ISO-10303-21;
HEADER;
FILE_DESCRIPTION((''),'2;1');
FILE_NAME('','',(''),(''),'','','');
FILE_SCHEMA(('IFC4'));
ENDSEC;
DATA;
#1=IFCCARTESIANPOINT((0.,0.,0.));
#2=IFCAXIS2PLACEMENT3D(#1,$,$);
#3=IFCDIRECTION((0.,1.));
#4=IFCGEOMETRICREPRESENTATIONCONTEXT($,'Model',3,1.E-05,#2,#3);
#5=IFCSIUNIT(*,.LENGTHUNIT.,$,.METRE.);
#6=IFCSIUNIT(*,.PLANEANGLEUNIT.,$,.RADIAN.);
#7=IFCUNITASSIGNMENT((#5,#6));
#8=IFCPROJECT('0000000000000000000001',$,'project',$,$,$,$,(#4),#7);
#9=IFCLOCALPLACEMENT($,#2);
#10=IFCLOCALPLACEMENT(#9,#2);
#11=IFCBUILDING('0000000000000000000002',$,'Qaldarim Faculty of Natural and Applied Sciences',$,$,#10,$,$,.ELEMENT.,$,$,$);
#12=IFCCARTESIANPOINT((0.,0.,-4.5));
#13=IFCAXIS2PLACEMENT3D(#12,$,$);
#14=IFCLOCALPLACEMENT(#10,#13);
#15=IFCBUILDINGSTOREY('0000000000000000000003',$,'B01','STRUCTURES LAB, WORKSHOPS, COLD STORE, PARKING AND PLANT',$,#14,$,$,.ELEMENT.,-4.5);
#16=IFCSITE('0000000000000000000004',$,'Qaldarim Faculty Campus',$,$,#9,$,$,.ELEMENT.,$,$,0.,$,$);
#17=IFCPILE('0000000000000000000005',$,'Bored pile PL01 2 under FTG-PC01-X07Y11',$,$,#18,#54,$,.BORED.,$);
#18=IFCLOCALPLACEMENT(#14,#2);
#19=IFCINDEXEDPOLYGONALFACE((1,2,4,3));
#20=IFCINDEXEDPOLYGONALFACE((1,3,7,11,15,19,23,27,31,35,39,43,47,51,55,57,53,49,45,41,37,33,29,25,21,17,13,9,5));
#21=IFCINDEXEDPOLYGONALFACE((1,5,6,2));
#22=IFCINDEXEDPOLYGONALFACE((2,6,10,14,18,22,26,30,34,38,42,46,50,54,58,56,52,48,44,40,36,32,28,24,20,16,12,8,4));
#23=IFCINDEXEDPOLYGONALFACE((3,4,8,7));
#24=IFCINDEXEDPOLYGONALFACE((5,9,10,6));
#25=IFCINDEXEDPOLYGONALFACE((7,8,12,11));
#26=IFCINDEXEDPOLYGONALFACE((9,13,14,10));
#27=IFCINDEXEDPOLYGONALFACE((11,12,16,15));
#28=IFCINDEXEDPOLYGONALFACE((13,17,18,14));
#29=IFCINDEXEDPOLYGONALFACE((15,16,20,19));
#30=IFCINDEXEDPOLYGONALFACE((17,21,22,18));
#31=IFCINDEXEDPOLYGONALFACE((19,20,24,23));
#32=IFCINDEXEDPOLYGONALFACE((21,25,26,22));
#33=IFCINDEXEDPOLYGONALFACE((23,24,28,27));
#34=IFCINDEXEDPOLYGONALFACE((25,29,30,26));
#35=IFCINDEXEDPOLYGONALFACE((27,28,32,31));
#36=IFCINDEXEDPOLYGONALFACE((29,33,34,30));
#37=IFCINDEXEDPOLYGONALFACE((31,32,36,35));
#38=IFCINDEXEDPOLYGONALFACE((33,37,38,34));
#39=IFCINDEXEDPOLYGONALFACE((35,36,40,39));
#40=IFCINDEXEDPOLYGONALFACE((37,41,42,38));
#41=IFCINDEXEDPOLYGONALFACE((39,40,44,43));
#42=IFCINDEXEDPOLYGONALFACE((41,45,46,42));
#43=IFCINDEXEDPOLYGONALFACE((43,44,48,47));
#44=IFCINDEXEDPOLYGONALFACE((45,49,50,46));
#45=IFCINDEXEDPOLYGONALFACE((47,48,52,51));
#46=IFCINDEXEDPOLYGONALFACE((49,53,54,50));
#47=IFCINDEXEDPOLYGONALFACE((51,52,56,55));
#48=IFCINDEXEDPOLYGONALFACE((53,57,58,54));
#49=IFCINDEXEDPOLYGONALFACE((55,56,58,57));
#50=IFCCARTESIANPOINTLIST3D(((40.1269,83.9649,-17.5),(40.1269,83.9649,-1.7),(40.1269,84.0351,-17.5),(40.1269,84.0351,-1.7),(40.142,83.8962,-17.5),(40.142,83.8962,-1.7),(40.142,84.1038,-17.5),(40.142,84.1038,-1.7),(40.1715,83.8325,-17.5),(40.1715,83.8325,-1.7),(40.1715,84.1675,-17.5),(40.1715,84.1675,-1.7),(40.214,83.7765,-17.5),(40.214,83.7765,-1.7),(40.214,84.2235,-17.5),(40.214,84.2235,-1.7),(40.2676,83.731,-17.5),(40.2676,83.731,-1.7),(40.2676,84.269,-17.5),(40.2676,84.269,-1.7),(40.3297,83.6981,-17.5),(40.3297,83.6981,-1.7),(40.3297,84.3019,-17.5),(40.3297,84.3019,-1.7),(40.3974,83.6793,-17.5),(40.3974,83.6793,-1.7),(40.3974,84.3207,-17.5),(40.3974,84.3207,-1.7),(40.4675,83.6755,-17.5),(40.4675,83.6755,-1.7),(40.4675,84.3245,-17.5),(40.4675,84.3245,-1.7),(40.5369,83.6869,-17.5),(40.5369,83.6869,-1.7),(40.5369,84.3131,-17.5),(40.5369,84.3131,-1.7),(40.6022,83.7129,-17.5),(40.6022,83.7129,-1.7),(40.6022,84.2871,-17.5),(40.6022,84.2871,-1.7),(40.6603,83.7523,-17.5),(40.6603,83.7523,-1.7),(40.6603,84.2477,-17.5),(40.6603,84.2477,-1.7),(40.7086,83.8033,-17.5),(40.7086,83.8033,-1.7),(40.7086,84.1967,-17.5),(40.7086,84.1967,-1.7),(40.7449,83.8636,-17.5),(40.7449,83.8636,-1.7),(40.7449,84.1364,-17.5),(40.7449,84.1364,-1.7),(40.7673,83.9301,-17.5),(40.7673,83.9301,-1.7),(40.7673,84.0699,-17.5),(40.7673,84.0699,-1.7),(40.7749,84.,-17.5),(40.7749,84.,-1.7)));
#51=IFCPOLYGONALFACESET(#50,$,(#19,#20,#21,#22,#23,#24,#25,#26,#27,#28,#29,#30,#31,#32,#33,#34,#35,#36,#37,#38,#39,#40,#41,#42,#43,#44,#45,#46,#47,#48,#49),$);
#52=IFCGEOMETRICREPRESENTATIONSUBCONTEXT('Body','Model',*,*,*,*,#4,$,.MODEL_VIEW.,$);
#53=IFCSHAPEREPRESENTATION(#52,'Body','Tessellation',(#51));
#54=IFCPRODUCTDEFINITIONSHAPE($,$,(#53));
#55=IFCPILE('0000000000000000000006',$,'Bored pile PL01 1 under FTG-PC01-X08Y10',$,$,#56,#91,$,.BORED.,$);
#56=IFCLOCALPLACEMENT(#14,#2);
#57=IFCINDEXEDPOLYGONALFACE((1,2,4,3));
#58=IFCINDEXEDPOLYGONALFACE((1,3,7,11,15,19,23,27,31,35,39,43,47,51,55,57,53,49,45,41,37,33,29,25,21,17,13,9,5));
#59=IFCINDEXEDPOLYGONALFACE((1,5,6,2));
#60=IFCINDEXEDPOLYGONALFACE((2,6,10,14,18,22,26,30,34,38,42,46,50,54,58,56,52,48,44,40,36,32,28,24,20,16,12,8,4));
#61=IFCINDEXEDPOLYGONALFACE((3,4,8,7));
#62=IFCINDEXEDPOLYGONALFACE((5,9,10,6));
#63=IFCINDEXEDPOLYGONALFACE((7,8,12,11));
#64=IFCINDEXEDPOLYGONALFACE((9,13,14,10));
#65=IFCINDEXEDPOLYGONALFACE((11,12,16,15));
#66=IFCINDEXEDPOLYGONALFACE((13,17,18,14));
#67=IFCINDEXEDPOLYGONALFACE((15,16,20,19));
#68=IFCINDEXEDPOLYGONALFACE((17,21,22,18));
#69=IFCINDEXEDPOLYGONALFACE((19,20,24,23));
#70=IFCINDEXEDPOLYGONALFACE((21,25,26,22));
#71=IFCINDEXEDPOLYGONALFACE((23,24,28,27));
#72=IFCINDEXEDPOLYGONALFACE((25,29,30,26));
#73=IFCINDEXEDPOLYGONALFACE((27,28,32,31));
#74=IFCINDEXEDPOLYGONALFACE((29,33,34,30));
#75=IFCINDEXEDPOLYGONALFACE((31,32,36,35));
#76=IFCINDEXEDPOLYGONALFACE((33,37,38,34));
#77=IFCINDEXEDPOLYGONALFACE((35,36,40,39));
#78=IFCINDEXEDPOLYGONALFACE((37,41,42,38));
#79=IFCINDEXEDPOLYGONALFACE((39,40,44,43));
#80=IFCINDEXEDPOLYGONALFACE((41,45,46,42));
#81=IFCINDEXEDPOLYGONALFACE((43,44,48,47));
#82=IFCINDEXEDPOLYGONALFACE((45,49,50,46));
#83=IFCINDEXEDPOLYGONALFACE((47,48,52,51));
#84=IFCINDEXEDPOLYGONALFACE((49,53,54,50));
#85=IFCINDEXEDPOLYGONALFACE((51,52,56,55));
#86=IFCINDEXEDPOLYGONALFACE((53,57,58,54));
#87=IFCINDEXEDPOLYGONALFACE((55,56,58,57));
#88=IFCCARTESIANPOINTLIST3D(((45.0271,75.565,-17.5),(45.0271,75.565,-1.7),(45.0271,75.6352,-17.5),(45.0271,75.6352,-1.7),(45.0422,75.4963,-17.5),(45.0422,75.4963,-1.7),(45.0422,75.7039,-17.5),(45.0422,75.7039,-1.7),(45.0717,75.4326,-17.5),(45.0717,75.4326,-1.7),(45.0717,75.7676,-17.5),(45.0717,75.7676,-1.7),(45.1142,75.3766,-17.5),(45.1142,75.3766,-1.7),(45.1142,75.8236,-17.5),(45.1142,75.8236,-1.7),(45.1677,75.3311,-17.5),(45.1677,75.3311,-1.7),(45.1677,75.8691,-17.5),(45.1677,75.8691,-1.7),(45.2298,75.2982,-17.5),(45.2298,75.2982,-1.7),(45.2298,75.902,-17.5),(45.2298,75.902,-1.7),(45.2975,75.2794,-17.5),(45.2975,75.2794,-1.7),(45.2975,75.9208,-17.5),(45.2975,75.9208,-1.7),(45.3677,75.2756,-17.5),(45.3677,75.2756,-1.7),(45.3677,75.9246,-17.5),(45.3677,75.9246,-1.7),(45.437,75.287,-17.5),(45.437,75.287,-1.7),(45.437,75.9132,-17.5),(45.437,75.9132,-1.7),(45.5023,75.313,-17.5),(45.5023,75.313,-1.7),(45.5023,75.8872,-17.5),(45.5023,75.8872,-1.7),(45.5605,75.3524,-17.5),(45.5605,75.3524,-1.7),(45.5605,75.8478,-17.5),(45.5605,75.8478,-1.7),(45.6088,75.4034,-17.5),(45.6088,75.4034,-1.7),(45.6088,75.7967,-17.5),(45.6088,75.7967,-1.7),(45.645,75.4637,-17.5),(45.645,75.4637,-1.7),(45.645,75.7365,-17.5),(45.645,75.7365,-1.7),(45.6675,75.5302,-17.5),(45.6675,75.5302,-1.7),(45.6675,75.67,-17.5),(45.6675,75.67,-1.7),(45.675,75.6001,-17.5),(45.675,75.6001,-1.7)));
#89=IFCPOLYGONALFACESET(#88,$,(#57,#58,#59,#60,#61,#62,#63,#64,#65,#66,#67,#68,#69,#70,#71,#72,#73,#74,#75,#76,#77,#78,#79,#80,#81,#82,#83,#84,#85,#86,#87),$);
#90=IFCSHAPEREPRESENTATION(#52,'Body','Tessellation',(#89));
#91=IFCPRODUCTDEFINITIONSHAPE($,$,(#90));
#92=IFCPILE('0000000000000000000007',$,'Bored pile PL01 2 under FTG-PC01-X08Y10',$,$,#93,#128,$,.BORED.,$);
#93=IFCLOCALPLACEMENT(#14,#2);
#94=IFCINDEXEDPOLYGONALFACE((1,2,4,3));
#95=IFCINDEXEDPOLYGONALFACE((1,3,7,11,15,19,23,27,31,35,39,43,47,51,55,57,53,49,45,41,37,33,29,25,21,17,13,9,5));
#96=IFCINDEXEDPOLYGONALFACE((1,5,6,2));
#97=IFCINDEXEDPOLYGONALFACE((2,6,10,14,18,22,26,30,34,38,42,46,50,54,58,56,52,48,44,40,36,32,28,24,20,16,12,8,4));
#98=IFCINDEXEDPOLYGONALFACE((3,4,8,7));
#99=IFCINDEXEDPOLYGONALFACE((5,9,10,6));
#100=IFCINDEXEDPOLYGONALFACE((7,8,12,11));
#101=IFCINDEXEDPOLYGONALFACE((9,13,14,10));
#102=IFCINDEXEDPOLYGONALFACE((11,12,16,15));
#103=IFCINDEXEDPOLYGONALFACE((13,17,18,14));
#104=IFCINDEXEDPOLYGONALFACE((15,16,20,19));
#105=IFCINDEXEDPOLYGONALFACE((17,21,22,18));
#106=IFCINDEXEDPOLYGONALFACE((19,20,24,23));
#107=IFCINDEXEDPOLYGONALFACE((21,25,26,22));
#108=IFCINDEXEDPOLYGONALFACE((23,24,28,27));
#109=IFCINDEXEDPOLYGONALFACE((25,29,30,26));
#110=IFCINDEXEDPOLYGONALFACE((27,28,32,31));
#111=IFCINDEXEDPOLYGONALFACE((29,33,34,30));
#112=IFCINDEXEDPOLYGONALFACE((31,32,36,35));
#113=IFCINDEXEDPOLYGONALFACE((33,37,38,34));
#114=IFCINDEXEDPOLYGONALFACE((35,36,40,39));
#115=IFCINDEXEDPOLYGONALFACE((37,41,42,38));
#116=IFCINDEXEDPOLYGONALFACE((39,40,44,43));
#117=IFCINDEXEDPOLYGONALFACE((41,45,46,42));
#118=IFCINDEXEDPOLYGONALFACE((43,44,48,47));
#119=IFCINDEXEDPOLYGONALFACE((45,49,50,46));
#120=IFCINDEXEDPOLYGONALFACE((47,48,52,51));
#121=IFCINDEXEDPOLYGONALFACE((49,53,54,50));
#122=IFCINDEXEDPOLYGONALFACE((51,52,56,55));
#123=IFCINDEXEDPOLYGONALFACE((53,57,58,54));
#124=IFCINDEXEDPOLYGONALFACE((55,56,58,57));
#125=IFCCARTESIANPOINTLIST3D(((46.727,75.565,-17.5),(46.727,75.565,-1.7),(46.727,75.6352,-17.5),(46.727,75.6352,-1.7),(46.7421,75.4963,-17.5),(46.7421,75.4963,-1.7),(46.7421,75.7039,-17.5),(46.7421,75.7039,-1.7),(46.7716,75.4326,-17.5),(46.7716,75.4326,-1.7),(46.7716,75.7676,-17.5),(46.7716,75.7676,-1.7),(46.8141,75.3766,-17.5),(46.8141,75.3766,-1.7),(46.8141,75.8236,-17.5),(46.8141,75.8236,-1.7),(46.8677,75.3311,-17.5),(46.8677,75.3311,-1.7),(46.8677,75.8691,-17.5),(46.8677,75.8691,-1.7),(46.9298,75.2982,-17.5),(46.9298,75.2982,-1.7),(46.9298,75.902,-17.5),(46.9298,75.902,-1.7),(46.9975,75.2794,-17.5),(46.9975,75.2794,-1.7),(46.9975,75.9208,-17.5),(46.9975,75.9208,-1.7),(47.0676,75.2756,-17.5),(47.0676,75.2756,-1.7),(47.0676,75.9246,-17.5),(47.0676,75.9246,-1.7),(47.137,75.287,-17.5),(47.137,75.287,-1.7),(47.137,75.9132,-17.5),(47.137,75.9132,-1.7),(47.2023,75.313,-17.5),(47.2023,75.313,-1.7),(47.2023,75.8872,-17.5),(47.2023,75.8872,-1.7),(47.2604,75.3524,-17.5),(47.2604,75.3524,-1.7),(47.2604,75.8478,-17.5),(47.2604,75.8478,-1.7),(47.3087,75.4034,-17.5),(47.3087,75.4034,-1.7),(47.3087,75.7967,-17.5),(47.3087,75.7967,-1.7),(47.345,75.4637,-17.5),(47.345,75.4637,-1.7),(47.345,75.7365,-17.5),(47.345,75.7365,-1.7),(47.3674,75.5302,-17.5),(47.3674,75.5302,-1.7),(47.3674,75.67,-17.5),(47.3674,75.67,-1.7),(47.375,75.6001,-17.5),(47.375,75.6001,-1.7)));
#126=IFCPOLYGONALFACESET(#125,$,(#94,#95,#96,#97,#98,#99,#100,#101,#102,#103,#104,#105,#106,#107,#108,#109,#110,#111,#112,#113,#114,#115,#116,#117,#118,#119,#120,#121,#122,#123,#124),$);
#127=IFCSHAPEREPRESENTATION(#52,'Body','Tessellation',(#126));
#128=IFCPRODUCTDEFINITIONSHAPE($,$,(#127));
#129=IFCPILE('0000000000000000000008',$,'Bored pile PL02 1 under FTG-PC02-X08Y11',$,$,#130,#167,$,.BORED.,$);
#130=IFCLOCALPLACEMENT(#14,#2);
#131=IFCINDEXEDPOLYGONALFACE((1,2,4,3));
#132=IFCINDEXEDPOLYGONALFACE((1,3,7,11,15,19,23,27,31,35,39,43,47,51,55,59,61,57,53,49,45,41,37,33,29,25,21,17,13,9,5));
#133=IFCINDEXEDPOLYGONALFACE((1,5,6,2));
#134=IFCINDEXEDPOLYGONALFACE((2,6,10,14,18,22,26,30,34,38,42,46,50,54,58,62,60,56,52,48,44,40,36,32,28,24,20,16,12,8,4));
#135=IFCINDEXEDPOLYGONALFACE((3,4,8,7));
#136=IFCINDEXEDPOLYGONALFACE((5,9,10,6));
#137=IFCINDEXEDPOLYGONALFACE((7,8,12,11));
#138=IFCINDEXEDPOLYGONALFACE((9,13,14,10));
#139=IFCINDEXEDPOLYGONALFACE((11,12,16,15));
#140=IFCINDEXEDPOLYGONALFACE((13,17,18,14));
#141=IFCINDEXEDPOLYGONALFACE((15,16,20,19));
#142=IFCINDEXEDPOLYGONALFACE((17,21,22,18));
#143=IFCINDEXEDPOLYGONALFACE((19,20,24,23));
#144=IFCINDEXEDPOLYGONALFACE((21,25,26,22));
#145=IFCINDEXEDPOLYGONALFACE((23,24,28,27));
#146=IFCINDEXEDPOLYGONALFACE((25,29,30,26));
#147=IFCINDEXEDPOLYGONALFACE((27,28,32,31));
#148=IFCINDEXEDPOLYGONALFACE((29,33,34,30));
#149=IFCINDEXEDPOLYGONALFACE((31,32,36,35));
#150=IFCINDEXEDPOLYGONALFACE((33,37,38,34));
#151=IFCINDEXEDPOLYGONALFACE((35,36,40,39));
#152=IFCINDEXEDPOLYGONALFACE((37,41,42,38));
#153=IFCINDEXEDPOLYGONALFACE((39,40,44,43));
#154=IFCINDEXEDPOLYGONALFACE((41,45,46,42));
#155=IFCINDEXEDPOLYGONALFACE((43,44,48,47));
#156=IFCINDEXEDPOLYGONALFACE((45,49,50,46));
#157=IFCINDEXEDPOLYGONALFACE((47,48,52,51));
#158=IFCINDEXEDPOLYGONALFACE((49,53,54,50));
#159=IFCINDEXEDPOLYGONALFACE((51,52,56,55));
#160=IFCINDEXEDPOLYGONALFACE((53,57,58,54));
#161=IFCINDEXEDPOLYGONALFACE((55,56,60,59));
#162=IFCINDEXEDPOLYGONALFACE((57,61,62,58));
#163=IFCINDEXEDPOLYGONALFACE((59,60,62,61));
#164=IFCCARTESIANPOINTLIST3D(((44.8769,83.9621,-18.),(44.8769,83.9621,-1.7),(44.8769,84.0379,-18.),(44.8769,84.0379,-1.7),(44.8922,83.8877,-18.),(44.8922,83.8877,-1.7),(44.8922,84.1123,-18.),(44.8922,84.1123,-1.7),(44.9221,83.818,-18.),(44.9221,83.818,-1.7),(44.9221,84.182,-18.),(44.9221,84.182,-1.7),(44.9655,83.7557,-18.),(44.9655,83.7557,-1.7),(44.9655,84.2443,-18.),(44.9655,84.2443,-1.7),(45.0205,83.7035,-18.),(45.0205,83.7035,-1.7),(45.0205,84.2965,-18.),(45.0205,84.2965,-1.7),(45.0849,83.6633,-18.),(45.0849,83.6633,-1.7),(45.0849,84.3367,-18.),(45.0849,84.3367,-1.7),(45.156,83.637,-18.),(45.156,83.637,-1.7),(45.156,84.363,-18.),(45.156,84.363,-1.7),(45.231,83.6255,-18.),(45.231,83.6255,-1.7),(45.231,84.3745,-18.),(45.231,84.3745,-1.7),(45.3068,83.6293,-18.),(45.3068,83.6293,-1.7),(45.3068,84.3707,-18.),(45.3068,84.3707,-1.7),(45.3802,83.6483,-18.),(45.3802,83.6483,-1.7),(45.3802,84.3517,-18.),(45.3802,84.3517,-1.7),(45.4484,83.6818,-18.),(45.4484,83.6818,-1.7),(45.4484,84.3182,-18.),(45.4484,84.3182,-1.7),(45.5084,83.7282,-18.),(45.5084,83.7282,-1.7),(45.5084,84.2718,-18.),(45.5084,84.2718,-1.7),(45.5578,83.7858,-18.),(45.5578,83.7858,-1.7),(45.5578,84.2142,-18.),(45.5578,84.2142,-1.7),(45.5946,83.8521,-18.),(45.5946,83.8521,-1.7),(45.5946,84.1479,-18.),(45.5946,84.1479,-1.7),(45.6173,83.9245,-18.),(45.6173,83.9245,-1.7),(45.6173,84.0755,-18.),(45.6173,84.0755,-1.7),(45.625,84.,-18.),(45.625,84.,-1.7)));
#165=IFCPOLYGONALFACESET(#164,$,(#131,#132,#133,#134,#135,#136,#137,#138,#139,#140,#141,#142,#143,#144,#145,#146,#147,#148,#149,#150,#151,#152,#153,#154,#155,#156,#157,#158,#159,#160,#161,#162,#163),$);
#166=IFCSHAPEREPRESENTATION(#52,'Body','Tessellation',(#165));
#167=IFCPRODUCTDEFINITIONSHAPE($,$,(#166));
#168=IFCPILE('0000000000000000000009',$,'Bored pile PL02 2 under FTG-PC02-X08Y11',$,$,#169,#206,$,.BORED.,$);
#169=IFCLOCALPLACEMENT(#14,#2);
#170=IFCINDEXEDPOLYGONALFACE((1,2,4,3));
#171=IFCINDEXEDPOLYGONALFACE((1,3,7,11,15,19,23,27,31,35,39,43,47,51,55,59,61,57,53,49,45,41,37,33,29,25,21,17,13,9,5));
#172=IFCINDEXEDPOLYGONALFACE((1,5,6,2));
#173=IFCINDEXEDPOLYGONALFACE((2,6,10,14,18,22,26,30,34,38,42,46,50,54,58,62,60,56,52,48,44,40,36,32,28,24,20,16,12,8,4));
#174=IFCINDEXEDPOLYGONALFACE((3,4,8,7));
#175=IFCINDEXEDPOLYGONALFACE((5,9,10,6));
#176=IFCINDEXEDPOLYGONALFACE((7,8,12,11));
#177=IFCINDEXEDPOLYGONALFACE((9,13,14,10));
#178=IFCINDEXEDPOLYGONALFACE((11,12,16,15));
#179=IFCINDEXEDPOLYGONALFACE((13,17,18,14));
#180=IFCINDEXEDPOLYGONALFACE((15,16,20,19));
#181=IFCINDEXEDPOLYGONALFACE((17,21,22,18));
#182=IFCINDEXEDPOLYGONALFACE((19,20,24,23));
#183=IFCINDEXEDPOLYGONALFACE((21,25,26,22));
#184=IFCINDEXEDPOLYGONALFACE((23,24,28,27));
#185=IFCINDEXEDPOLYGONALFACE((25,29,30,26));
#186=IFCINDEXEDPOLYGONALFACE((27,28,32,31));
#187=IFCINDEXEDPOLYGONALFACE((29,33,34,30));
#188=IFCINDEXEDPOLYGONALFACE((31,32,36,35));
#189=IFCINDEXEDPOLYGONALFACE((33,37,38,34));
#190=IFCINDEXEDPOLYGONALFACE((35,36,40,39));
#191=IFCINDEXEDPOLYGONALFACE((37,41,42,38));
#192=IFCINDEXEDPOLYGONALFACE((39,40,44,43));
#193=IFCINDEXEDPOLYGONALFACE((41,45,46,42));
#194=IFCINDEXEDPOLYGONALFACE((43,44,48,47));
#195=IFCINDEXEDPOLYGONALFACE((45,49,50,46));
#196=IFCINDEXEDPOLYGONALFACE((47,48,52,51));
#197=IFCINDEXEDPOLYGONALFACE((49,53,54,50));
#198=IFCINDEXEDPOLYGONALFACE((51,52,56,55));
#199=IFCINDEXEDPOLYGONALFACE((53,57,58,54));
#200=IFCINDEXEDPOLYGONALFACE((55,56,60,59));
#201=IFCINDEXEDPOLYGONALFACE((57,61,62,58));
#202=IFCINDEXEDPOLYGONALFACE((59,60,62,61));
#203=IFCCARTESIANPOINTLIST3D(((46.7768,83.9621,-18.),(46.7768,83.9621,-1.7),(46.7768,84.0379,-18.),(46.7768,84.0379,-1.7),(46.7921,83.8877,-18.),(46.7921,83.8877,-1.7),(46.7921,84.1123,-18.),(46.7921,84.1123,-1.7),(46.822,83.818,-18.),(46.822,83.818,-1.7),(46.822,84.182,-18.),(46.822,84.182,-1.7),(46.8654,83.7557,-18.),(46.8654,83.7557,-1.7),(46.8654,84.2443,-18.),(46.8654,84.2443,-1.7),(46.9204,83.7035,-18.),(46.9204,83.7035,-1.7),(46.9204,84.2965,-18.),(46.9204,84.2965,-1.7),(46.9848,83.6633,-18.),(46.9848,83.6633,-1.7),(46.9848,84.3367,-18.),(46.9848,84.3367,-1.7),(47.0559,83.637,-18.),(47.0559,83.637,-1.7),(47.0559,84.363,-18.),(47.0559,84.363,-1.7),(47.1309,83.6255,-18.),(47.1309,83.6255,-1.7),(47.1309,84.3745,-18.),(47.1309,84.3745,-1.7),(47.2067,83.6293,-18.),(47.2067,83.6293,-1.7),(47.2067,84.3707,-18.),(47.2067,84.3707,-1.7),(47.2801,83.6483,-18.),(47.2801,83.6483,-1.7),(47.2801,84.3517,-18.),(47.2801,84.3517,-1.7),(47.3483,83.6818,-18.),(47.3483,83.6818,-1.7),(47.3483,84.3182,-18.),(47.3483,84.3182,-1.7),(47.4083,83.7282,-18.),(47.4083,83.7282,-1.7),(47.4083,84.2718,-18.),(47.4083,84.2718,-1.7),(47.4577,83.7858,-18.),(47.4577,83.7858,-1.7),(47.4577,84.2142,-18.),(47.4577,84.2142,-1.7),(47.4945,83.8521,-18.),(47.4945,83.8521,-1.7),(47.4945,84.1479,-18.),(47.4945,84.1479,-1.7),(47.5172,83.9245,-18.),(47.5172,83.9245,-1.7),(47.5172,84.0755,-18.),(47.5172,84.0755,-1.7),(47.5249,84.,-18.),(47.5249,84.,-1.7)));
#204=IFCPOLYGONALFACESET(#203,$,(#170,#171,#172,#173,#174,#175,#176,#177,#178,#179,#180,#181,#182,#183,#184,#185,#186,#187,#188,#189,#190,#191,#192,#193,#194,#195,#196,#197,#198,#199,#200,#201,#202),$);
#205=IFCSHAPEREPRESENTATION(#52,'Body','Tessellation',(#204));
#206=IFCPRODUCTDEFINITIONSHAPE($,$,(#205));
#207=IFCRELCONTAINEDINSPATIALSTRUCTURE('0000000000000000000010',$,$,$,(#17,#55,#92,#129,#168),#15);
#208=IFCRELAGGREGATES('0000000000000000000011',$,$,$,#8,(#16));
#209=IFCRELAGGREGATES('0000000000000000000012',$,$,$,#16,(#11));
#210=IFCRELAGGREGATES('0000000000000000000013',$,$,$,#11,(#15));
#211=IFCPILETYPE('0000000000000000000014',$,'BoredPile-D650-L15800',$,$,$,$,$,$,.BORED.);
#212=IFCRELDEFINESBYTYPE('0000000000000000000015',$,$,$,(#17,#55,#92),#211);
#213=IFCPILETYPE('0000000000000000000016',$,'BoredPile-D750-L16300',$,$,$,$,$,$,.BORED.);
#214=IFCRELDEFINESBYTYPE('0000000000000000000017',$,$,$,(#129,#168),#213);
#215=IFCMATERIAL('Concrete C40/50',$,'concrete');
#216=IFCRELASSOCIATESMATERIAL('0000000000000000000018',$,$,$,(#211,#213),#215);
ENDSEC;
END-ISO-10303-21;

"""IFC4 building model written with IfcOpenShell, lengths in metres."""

from ifc_helpers import new_model, si_unit, direction, frame, origin, origin_2d, place, context, subcontext, project, spatial, circle, extrude, material, material_profile, profile_set, type_object, element, save


model = new_model("IFC4")

# Units and contexts
model_context = context("Model", 3, precision=1e-05, world=origin(), true_north=direction((0.0, 1.0)))
body_context = subcontext(model_context, "Body", "Model", "MODEL_VIEW")
ifc_project = project(units=[si_unit("LENGTHUNIT", "METRE"), si_unit("PLANEANGLEUNIT", "RADIAN")], contexts=[model_context])

# Site, building, storey
site_placement = place(None, origin())
site = spatial("IfcSite", under=ifc_project, at=site_placement, Name="Qaldarim Faculty Campus", CompositionType="ELEMENT", RefElevation=0.0)
building_placement = place(site_placement, origin())
building = spatial("IfcBuilding", under=site, at=building_placement, Name="Qaldarim Faculty of Natural and Applied Sciences", CompositionType="ELEMENT")
storey_placement = place(building_placement, frame((0.0, 0.0, -4.5)))
storey = spatial("IfcBuildingStorey", under=building, at=storey_placement, Name="B01", Description="STRUCTURES LAB, WORKSHOPS, COLD STORE, PARKING AND PLANT", CompositionType="ELEMENT", Elevation=-4.5)

# Piles
ifc_material_1 = material(Name="Concrete C40/50", Category="concrete")
ifc_material_profile_1 = material_profile(ifc_material_1, circle(Radius=0.325, at=origin_2d()), Name="PILE-D650")
ifc_profile_set_1 = profile_set([ifc_material_profile_1], Name="Concrete C40/50")
pile_type_1 = type_object("IfcPileType", Name="BoredPile-D650-L15800", PredefinedType="BORED", material=ifc_profile_set_1)
for number, where, z_axis, x_axis, name in (
    (1, (40.45, 84.0, -1.7), (0.0, 0.0, -1.0), (1.0, 0.0, 0.0), "Bored pile PL01 2 under FTG-PC01-X07Y11"),
    (2, (45.3501, 75.6001, -1.7), (0.0, 0.0, -1.0), (1.0, 0.0, 0.0), "Bored pile PL01 1 under FTG-PC01-X08Y10"),
    (3, (47.05, 75.6001, -1.7), (0.0, 0.0, -1.0), (1.0, 0.0, 0.0), "Bored pile PL01 2 under FTG-PC01-X08Y10"),
):
    element("IfcPile", number, at=place(storey_placement, frame(where, z_axis=z_axis, x_axis=x_axis)), inside=storey, type_object=pile_type_1, Name=name, PredefinedType="BORED", context=body_context, shape_type="SweptSolid", body=[
        extrude(circle(Radius=0.325, at=origin_2d()), origin(), (0.0, 0.0, 1.0), 15.8),
    ])
ifc_material_profile_2 = material_profile(ifc_material_1, circle(Radius=0.375, at=origin_2d()), Name="PILE-D750")
ifc_profile_set_2 = profile_set([ifc_material_profile_2], Name="Concrete C40/50")
pile_type_2 = type_object("IfcPileType", Name="BoredPile-D750-L16300", PredefinedType="BORED", material=ifc_profile_set_2)
for number, where, z_axis, x_axis, name in (
    (4, (45.25, 84.0, -1.7), (0.0, 0.0, -1.0), (1.0, 0.0, 0.0), "Bored pile PL02 1 under FTG-PC02-X08Y11"),
    (5, (47.1499, 84.0, -1.7), (0.0, 0.0, -1.0), (1.0, 0.0, 0.0), "Bored pile PL02 2 under FTG-PC02-X08Y11"),
):
    element("IfcPile", number, at=place(storey_placement, frame(where, z_axis=z_axis, x_axis=x_axis)), inside=storey, type_object=pile_type_2, Name=name, PredefinedType="BORED", context=body_context, shape_type="SweptSolid", body=[
        extrude(circle(Radius=0.375, at=origin_2d()), origin(), (0.0, 0.0, 1.0), 16.3),
    ])

save(model, "model.ifc")
